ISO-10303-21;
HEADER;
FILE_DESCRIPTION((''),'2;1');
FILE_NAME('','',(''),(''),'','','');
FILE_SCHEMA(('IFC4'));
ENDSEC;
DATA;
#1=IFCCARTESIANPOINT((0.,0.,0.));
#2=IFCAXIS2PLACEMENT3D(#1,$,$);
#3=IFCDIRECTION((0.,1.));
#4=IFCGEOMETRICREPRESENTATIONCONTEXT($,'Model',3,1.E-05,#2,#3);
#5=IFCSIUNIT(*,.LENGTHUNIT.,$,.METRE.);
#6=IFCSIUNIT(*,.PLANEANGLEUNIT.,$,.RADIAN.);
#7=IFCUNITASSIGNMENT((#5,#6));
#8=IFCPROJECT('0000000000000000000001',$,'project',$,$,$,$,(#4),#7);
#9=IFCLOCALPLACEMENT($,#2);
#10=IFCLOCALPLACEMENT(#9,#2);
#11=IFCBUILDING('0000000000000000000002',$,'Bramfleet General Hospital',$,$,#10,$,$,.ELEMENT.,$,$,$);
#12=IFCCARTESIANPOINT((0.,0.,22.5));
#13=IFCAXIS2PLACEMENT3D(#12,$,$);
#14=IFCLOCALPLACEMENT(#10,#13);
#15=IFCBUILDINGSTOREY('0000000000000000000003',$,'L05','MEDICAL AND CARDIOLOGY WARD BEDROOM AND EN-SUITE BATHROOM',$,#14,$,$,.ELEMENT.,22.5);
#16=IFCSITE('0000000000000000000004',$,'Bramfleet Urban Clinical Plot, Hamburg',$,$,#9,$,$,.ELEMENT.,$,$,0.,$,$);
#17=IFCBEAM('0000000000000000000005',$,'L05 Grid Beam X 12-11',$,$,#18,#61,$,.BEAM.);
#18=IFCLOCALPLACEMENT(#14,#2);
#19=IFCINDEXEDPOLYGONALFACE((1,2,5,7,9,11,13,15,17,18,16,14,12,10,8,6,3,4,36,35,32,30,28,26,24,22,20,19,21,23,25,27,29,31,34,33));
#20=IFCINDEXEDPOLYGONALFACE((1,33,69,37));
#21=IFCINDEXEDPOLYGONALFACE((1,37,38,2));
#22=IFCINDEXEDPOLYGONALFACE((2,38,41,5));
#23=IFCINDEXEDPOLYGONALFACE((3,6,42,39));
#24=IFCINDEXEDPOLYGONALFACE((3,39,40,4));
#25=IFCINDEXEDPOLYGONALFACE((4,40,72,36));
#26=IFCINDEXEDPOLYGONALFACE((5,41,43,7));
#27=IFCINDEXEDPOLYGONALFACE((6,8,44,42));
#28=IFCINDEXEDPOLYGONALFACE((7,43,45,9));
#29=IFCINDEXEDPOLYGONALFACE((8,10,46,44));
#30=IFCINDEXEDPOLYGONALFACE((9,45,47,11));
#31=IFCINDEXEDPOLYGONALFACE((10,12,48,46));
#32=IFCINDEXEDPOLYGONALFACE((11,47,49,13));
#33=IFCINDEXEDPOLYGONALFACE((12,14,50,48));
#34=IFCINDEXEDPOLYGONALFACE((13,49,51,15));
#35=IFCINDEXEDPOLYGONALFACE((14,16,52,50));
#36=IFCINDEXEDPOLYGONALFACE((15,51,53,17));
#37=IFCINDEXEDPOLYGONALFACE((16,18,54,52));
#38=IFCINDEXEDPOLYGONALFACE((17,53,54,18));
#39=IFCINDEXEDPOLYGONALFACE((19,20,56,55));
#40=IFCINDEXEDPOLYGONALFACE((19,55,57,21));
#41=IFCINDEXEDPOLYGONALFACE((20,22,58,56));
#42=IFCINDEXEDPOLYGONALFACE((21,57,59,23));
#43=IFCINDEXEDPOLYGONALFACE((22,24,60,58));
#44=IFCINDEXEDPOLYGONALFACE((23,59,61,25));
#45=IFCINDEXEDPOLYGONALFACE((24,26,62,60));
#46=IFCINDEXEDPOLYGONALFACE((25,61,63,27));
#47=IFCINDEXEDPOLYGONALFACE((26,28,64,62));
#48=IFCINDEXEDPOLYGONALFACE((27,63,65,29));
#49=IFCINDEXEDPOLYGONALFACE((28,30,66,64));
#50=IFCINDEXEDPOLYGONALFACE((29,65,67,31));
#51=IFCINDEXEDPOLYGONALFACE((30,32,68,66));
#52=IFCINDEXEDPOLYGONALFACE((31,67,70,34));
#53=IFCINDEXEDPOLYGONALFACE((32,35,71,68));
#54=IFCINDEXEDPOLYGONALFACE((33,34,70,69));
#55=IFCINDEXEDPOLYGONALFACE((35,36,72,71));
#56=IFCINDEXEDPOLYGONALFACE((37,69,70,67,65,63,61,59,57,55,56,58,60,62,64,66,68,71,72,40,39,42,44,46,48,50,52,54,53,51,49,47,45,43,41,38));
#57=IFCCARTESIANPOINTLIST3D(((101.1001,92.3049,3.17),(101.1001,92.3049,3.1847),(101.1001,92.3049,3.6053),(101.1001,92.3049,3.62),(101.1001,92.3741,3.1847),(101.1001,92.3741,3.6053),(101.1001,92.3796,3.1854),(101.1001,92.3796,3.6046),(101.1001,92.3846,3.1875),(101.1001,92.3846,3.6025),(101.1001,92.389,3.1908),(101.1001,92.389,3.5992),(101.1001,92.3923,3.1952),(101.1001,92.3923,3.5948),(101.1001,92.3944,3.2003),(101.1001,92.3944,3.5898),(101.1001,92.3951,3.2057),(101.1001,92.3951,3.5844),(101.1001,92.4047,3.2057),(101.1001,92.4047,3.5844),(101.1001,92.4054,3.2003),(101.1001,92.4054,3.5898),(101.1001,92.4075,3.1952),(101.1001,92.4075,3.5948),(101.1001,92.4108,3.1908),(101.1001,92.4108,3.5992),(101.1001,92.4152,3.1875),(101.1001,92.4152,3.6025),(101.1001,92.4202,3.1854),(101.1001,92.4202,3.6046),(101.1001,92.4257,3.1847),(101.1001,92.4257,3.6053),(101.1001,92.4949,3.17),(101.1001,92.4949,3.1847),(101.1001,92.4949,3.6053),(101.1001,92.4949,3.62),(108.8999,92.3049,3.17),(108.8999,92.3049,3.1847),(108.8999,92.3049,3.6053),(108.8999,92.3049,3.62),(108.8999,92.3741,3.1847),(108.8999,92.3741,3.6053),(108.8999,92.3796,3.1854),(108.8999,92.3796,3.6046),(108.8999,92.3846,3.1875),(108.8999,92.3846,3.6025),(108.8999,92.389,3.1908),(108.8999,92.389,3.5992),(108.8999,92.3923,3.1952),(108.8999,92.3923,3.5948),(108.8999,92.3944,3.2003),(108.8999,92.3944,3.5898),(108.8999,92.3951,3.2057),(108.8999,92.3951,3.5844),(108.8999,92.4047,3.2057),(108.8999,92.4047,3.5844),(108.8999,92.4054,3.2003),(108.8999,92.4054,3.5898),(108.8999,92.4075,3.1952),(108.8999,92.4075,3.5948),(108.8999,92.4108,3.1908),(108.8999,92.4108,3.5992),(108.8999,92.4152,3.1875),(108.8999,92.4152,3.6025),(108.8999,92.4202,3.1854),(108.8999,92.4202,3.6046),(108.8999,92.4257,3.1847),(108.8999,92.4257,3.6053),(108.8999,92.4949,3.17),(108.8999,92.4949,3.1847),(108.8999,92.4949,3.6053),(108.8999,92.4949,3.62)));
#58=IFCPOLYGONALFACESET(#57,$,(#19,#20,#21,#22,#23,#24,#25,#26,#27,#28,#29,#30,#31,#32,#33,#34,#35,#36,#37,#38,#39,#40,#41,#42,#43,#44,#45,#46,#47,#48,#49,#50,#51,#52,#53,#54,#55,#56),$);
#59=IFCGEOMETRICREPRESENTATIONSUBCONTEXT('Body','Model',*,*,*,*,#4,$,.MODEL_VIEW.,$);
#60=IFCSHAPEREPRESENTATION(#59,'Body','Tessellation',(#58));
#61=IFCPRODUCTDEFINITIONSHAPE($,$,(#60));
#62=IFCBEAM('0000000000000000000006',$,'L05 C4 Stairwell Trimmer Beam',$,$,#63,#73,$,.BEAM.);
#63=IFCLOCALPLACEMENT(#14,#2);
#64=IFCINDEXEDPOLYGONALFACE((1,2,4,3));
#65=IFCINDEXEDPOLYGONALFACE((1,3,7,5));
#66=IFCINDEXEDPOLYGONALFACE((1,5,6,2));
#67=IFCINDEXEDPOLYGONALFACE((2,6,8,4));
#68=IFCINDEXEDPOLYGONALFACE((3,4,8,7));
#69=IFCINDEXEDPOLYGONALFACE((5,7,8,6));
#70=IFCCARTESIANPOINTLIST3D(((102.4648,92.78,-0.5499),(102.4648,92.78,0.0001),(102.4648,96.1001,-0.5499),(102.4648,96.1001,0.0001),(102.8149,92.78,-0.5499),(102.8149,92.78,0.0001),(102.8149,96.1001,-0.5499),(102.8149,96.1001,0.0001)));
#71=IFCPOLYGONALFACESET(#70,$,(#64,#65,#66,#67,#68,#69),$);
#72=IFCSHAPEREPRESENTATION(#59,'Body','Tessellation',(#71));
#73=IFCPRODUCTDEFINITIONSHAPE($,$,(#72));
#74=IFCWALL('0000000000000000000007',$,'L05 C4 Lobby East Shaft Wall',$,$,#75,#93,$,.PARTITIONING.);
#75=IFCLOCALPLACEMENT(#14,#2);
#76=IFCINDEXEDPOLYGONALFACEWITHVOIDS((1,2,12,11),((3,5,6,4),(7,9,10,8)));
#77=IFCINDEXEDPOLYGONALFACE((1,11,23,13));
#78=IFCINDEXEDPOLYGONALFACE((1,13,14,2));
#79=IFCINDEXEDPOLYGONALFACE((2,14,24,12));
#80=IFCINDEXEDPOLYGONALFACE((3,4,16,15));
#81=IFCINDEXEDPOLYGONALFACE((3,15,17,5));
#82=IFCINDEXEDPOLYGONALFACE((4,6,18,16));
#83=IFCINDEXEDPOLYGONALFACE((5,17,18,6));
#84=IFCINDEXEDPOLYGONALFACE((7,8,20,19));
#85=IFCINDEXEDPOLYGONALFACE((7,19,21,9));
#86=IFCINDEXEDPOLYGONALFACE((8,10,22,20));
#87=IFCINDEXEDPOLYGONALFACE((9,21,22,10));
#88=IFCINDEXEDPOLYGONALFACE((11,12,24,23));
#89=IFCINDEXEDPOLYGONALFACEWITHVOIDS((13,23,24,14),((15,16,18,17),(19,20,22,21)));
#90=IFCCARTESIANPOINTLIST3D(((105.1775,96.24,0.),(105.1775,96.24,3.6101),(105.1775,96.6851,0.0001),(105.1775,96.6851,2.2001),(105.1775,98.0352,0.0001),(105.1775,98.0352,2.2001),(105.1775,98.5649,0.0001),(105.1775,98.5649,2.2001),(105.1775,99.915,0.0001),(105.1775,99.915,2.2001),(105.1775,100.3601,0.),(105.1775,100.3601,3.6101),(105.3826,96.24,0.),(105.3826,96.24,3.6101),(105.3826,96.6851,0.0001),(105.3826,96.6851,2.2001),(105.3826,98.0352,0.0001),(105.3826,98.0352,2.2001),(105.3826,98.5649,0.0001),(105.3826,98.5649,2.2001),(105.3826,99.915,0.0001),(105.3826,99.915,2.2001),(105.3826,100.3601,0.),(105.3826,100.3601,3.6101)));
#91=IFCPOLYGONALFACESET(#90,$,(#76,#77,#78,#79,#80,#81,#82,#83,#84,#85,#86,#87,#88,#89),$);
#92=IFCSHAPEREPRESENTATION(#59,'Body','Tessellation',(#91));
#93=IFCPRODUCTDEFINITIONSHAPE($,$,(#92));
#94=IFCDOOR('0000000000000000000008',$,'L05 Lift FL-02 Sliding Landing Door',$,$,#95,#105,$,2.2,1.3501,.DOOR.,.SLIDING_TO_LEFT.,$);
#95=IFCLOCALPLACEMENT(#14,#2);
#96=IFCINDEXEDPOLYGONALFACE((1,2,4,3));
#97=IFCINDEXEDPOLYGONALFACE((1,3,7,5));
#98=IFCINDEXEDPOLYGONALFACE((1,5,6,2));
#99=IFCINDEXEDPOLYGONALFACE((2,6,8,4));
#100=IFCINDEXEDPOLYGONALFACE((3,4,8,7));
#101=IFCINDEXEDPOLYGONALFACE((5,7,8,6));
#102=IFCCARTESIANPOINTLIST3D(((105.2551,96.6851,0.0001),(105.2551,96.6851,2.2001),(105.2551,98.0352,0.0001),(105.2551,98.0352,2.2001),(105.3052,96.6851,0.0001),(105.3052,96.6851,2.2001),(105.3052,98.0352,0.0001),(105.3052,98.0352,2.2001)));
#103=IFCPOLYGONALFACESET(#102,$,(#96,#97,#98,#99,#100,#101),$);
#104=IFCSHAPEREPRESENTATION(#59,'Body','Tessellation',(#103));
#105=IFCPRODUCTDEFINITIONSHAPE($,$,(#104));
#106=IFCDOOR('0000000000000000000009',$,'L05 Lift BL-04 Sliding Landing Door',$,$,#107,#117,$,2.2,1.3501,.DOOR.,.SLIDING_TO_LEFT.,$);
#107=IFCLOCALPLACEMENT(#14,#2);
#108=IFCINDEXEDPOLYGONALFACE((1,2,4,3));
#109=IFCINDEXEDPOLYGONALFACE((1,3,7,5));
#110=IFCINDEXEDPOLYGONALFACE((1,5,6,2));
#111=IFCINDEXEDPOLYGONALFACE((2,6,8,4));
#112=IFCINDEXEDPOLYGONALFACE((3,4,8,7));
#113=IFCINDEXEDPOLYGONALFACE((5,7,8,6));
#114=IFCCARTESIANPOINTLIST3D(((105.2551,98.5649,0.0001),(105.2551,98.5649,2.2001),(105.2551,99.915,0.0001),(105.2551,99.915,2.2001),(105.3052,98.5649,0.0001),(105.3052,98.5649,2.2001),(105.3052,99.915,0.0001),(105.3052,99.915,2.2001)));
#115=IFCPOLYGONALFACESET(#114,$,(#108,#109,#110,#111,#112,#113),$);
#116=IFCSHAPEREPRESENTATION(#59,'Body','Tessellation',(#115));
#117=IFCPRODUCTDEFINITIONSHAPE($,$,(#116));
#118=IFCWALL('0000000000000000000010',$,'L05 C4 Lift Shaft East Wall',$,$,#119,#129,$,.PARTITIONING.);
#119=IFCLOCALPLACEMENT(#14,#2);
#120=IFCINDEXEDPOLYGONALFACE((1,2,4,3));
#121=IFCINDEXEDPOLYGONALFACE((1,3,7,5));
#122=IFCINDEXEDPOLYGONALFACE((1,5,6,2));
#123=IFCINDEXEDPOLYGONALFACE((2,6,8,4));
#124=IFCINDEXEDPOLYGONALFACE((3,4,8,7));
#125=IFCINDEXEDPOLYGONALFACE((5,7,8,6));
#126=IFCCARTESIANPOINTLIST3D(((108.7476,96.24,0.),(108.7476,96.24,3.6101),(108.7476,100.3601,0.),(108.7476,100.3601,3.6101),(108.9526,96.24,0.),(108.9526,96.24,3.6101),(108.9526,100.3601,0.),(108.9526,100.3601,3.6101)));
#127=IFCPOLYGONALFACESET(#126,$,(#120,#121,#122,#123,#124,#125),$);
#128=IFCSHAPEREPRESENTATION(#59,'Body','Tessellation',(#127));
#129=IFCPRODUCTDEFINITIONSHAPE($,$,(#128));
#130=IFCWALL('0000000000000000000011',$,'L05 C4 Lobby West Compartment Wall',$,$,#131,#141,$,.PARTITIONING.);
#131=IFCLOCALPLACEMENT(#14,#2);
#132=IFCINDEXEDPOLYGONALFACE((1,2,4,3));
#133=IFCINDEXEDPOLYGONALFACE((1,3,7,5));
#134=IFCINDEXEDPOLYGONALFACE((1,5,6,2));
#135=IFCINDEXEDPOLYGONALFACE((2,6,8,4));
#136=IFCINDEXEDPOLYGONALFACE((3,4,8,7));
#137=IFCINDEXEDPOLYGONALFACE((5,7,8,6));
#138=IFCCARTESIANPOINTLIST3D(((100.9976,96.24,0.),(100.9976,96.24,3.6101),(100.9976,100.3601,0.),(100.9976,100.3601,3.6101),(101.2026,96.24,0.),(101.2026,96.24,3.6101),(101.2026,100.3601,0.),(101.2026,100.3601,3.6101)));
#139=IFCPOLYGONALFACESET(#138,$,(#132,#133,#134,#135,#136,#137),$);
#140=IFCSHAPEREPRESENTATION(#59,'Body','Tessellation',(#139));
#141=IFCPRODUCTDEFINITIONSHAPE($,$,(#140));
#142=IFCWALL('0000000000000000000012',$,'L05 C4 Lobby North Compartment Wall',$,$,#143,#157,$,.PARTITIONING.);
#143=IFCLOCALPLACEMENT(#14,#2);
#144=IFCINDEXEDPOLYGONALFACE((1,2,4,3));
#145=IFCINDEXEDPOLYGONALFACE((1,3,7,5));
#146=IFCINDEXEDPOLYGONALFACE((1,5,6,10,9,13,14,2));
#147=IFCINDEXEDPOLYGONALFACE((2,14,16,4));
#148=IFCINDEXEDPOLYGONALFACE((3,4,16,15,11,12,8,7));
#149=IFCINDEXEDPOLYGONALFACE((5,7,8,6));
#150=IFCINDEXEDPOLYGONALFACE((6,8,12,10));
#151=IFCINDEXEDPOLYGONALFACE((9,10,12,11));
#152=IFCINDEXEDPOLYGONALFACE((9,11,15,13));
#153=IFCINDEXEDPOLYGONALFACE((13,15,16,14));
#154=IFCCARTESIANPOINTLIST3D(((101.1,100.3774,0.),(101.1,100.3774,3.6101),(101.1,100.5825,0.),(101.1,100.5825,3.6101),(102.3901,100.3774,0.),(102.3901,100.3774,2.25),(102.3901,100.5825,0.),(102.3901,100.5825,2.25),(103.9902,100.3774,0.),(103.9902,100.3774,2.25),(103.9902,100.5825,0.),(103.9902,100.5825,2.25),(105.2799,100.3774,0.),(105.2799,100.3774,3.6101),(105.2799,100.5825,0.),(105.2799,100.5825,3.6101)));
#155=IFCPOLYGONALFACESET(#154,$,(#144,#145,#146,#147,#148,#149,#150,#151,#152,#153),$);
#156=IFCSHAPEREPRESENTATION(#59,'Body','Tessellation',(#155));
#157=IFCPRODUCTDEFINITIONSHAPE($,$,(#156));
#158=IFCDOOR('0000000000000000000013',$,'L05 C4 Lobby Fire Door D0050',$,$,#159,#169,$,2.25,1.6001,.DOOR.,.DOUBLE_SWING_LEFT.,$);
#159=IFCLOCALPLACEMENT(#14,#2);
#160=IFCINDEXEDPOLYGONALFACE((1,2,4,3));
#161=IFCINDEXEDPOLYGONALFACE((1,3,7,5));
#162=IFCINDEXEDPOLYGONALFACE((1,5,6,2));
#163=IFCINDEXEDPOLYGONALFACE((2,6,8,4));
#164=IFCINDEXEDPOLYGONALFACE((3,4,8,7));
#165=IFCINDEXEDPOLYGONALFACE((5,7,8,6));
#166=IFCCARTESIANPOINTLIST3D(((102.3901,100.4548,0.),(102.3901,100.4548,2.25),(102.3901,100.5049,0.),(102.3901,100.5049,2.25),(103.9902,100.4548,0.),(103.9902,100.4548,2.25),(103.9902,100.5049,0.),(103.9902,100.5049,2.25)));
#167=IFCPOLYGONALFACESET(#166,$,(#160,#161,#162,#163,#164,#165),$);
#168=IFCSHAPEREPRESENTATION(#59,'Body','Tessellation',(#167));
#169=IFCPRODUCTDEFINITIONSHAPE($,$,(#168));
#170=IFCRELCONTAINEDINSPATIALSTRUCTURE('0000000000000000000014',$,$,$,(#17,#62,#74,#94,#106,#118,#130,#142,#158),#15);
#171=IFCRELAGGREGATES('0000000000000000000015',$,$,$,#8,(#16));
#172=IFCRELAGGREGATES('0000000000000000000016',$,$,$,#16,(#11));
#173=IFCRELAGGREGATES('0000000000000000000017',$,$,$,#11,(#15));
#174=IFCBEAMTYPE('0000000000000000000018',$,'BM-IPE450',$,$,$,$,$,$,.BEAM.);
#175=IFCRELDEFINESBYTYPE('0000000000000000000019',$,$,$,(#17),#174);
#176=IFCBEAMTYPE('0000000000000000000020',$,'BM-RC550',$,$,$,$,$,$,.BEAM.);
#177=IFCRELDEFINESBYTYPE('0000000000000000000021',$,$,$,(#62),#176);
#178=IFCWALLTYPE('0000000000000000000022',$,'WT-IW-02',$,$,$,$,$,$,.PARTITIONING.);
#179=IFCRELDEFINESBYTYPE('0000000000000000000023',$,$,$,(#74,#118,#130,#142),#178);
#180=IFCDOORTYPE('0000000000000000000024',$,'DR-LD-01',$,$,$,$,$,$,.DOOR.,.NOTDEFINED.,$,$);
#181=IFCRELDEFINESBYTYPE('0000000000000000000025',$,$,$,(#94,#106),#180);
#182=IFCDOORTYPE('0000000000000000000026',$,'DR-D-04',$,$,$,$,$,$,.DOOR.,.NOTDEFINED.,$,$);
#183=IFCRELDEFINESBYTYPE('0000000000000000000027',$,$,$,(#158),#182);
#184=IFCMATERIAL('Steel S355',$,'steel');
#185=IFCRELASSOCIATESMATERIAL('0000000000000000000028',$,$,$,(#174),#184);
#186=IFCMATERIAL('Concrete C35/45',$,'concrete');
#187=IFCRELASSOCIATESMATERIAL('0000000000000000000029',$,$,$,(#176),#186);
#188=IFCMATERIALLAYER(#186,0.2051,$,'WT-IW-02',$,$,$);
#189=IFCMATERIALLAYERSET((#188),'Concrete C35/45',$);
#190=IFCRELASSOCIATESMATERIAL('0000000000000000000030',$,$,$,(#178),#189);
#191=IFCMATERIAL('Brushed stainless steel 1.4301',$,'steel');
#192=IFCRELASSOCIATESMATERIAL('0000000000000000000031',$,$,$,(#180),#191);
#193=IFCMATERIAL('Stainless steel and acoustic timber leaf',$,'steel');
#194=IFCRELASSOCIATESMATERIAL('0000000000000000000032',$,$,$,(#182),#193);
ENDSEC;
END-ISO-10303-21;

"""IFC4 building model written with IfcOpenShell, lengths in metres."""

from ifc_helpers import new_model, si_unit, direction, frame, frame_2d, origin, origin_2d, place, context, subcontext, project, spatial, rectangle, i_section, extrude, material, layer, layer_set, material_profile, profile_set, type_object, element, fill, save


model = new_model("IFC4")

# Units and contexts
model_context = context("Model", 3, precision=1e-05, world=origin(), true_north=direction((0.0, 1.0)))
body_context = subcontext(model_context, "Body", "Model", "MODEL_VIEW")
ifc_project = project(units=[si_unit("LENGTHUNIT", "METRE"), si_unit("PLANEANGLEUNIT", "RADIAN")], contexts=[model_context])

# Site, building, storey
site_placement = place(None, origin())
site = spatial("IfcSite", under=ifc_project, at=site_placement, Name="Bramfleet Urban Clinical Plot, Hamburg", CompositionType="ELEMENT", RefElevation=0.0)
building_placement = place(site_placement, origin())
building = spatial("IfcBuilding", under=site, at=building_placement, Name="Bramfleet General Hospital", CompositionType="ELEMENT")
storey_placement = place(building_placement, frame((0.0, 0.0, 22.5)))
storey = spatial("IfcBuildingStorey", under=building, at=storey_placement, Name="L05", Description="MEDICAL AND CARDIOLOGY WARD BEDROOM AND EN-SUITE BATHROOM", CompositionType="ELEMENT", Elevation=22.5)

# Beams
ifc_material_1 = material(Name="Steel S355", Category="steel")
ifc_material_profile_1 = material_profile(ifc_material_1, i_section(OverallWidth=0.1899, OverallDepth=0.45, WebThickness=0.0095, FlangeThickness=0.0146, FilletRadius=0.021, at=origin_2d()), Name="IPE 450")
ifc_profile_set_1 = profile_set([ifc_material_profile_1], Name="Steel S355")
beam_type_1 = type_object("IfcBeamType", Name="BM-IPE450", PredefinedType="BEAM", material=ifc_profile_set_1)
beam_1_placement = place(storey_placement, frame((101.1001, 92.3999, 3.395), z_axis=(1.0, 0.0, 0.0), x_axis=(0.0, 1.0, 0.0)))
element("IfcBeam", 1, at=beam_1_placement, inside=storey, type_object=beam_type_1, Name="L05 Grid Beam X 12-11", PredefinedType="BEAM", context=body_context, shape_type="SweptSolid", body=[
    extrude(i_section(OverallWidth=0.1899, OverallDepth=0.45, WebThickness=0.0095, FlangeThickness=0.0146, FilletRadius=0.021, at=origin_2d()), origin(), (0.0, 0.0, 1.0), 7.7998),
])
ifc_material_2 = material(Name="Concrete C35/45", Category="concrete")
ifc_material_profile_2 = material_profile(ifc_material_2, rectangle(XDim=0.3501, YDim=0.55, at=origin_2d()), Name="RC BM 550x350")
ifc_profile_set_2 = profile_set([ifc_material_profile_2], Name="Concrete C35/45")
beam_type_2 = type_object("IfcBeamType", Name="BM-RC550", PredefinedType="BEAM", material=ifc_profile_set_2)
beam_2_placement = place(storey_placement, frame((102.6399, 92.78, -0.2749), z_axis=(0.0, 1.0, 0.0), x_axis=(-1.0, 0.0, 0.0)))
element("IfcBeam", 2, at=beam_2_placement, inside=storey, type_object=beam_type_2, Name="L05 C4 Stairwell Trimmer Beam", PredefinedType="BEAM", context=body_context, shape_type="SweptSolid", body=[
    extrude(rectangle(XDim=0.3501, YDim=0.55, at=origin_2d()), origin(), (0.0, 0.0, 1.0), 3.3201),
])

# Wall, openings, doors
ifc_layer_1 = layer(ifc_material_2, 0.2051, Name="WT-IW-02")
ifc_layer_set_1 = layer_set([ifc_layer_1], Name="Concrete C35/45")
wall_type_1 = type_object("IfcWallType", Name="WT-IW-02", PredefinedType="PARTITIONING", material=ifc_layer_set_1)
wall_1_placement = place(storey_placement, frame((105.28, 96.24, 0.0), z_axis=(0.0, 0.0, 1.0), x_axis=(0.0, 1.0, 0.0)))
wall_1 = element("IfcWall", 3, at=wall_1_placement, inside=storey, type_object=wall_type_1, Name="L05 C4 Lobby East Shaft Wall", PredefinedType="PARTITIONING", context=body_context, shape_type="SweptSolid", body=[
    extrude(rectangle(XDim=4.1201, YDim=0.2051, at=frame_2d((2.0601, 0.0))), origin(), (0.0, 0.0, 1.0), 3.6101),
])
opening_1_placement = place(wall_1_placement, frame((0.4451, 0.0, 0.0)))
opening_1 = element("IfcOpeningElement", 4, at=opening_1_placement, cuts=wall_1, PredefinedType="OPENING", context=body_context, shape_type="SweptSolid", body=[
    extrude(rectangle(XDim=1.3501, YDim=2.2, at=frame_2d((0.675, 1.1001))), frame((0.0, 0.1125, 0.0), z_axis=(0.0, -1.0, 0.0), x_axis=(1.0, 0.0, 0.0)), (0.0, 0.0, 1.0), 0.2251),
])
opening_2_placement = place(wall_1_placement, frame((2.325, 0.0, 0.0)))
opening_2 = element("IfcOpeningElement", 5, at=opening_2_placement, cuts=wall_1, PredefinedType="OPENING", context=body_context, shape_type="SweptSolid", body=[
    extrude(rectangle(XDim=1.3501, YDim=2.2, at=frame_2d((0.675, 1.1001))), frame((0.0, 0.1125, 0.0), z_axis=(0.0, -1.0, 0.0), x_axis=(1.0, 0.0, 0.0)), (0.0, 0.0, 1.0), 0.2251),
])
ifc_material_3 = material(Name="Brushed stainless steel 1.4301", Category="steel")
door_type_1 = type_object("IfcDoorType", Name="DR-LD-01", OperationType="NOTDEFINED", PredefinedType="DOOR", material=ifc_material_3)
door_1_placement = place(opening_1_placement, origin())
door_1 = element("IfcDoor", 6, at=door_1_placement, inside=storey, type_object=door_type_1, Name="L05 Lift FL-02 Sliding Landing Door", OperationType="SLIDING_TO_LEFT", OverallHeight=2.2, OverallWidth=1.3501, PredefinedType="DOOR", context=body_context, shape_type="SweptSolid", body=[
    extrude(rectangle(XDim=1.3501, YDim=2.2, at=frame_2d((0.675, 1.1001))), frame((0.0, 0.0249, 0.0), z_axis=(0.0, -1.0, 0.0), x_axis=(1.0, 0.0, 0.0)), (0.0, 0.0, 1.0), 0.05),
])
fill(opening_1, door_1)
door_2_placement = place(opening_2_placement, origin())
door_2 = element("IfcDoor", 7, at=door_2_placement, inside=storey, type_object=door_type_1, Name="L05 Lift BL-04 Sliding Landing Door", OperationType="SLIDING_TO_LEFT", OverallHeight=2.2, OverallWidth=1.3501, PredefinedType="DOOR", context=body_context, shape_type="SweptSolid", body=[
    extrude(rectangle(XDim=1.3501, YDim=2.2, at=frame_2d((0.675, 1.1001))), frame((0.0, 0.0249, 0.0), z_axis=(0.0, -1.0, 0.0), x_axis=(1.0, 0.0, 0.0)), (0.0, 0.0, 1.0), 0.05),
])
fill(opening_2, door_2)

# Walls
for number, where, z_axis, x_axis, name in (
    (8, (108.8501, 96.24, 0.0), (0.0, 0.0, 1.0), (0.0, 1.0, 0.0), "L05 C4 Lift Shaft East Wall"),
    (9, (101.1001, 96.24, 0.0), (0.0, 0.0, 1.0), (0.0, 1.0, 0.0), "L05 C4 Lobby West Compartment Wall"),
):
    element("IfcWall", number, at=place(storey_placement, frame(where, z_axis=z_axis, x_axis=x_axis)), inside=storey, type_object=wall_type_1, Name=name, PredefinedType="PARTITIONING", context=body_context, shape_type="SweptSolid", body=[
        extrude(rectangle(XDim=4.1201, YDim=0.2051, at=frame_2d((2.0601, 0.0))), origin(), (0.0, 0.0, 1.0), 3.6101),
    ])

# Wall, opening, door
wall_2_placement = place(storey_placement, frame((101.1001, 100.48, 0.0), z_axis=(0.0, 0.0, 1.0), x_axis=(1.0, 0.0, 0.0)))
wall_2 = element("IfcWall", 10, at=wall_2_placement, inside=storey, type_object=wall_type_1, Name="L05 C4 Lobby North Compartment Wall", PredefinedType="PARTITIONING", context=body_context, shape_type="SweptSolid", body=[
    extrude(rectangle(XDim=4.1799, YDim=0.2051, at=frame_2d((2.0898, 0.0))), origin(), (0.0, 0.0, 1.0), 3.6101),
])
opening_3_placement = place(wall_2_placement, frame((1.29, 0.0, 0.0)))
opening_3 = element("IfcOpeningElement", 11, at=opening_3_placement, cuts=wall_2, PredefinedType="OPENING", context=body_context, shape_type="SweptSolid", body=[
    extrude(rectangle(XDim=1.6001, YDim=2.25, at=frame_2d((0.8, 1.125))), frame((0.0, 0.1125, 0.0), z_axis=(0.0, -1.0, 0.0), x_axis=(1.0, 0.0, 0.0)), (0.0, 0.0, 1.0), 0.2251),
])
ifc_material_4 = material(Name="Stainless steel and acoustic timber leaf", Category="steel")
door_type_2 = type_object("IfcDoorType", Name="DR-D-04", OperationType="NOTDEFINED", PredefinedType="DOOR", material=ifc_material_4)
door_3_placement = place(opening_3_placement, origin())
door_3 = element("IfcDoor", 12, at=door_3_placement, inside=storey, type_object=door_type_2, Name="L05 C4 Lobby Fire Door D0050", OperationType="DOUBLE_SWING_LEFT", OverallHeight=2.25, OverallWidth=1.6001, PredefinedType="DOOR", context=body_context, shape_type="SweptSolid", body=[
    extrude(rectangle(XDim=1.6001, YDim=2.25, at=frame_2d((0.8, 1.125))), frame((0.0, 0.0249, 0.0), z_axis=(0.0, -1.0, 0.0), x_axis=(1.0, 0.0, 0.0)), (0.0, 0.0, 1.0), 0.05),
])
fill(opening_3, door_3)

save(model, "model.ifc")
